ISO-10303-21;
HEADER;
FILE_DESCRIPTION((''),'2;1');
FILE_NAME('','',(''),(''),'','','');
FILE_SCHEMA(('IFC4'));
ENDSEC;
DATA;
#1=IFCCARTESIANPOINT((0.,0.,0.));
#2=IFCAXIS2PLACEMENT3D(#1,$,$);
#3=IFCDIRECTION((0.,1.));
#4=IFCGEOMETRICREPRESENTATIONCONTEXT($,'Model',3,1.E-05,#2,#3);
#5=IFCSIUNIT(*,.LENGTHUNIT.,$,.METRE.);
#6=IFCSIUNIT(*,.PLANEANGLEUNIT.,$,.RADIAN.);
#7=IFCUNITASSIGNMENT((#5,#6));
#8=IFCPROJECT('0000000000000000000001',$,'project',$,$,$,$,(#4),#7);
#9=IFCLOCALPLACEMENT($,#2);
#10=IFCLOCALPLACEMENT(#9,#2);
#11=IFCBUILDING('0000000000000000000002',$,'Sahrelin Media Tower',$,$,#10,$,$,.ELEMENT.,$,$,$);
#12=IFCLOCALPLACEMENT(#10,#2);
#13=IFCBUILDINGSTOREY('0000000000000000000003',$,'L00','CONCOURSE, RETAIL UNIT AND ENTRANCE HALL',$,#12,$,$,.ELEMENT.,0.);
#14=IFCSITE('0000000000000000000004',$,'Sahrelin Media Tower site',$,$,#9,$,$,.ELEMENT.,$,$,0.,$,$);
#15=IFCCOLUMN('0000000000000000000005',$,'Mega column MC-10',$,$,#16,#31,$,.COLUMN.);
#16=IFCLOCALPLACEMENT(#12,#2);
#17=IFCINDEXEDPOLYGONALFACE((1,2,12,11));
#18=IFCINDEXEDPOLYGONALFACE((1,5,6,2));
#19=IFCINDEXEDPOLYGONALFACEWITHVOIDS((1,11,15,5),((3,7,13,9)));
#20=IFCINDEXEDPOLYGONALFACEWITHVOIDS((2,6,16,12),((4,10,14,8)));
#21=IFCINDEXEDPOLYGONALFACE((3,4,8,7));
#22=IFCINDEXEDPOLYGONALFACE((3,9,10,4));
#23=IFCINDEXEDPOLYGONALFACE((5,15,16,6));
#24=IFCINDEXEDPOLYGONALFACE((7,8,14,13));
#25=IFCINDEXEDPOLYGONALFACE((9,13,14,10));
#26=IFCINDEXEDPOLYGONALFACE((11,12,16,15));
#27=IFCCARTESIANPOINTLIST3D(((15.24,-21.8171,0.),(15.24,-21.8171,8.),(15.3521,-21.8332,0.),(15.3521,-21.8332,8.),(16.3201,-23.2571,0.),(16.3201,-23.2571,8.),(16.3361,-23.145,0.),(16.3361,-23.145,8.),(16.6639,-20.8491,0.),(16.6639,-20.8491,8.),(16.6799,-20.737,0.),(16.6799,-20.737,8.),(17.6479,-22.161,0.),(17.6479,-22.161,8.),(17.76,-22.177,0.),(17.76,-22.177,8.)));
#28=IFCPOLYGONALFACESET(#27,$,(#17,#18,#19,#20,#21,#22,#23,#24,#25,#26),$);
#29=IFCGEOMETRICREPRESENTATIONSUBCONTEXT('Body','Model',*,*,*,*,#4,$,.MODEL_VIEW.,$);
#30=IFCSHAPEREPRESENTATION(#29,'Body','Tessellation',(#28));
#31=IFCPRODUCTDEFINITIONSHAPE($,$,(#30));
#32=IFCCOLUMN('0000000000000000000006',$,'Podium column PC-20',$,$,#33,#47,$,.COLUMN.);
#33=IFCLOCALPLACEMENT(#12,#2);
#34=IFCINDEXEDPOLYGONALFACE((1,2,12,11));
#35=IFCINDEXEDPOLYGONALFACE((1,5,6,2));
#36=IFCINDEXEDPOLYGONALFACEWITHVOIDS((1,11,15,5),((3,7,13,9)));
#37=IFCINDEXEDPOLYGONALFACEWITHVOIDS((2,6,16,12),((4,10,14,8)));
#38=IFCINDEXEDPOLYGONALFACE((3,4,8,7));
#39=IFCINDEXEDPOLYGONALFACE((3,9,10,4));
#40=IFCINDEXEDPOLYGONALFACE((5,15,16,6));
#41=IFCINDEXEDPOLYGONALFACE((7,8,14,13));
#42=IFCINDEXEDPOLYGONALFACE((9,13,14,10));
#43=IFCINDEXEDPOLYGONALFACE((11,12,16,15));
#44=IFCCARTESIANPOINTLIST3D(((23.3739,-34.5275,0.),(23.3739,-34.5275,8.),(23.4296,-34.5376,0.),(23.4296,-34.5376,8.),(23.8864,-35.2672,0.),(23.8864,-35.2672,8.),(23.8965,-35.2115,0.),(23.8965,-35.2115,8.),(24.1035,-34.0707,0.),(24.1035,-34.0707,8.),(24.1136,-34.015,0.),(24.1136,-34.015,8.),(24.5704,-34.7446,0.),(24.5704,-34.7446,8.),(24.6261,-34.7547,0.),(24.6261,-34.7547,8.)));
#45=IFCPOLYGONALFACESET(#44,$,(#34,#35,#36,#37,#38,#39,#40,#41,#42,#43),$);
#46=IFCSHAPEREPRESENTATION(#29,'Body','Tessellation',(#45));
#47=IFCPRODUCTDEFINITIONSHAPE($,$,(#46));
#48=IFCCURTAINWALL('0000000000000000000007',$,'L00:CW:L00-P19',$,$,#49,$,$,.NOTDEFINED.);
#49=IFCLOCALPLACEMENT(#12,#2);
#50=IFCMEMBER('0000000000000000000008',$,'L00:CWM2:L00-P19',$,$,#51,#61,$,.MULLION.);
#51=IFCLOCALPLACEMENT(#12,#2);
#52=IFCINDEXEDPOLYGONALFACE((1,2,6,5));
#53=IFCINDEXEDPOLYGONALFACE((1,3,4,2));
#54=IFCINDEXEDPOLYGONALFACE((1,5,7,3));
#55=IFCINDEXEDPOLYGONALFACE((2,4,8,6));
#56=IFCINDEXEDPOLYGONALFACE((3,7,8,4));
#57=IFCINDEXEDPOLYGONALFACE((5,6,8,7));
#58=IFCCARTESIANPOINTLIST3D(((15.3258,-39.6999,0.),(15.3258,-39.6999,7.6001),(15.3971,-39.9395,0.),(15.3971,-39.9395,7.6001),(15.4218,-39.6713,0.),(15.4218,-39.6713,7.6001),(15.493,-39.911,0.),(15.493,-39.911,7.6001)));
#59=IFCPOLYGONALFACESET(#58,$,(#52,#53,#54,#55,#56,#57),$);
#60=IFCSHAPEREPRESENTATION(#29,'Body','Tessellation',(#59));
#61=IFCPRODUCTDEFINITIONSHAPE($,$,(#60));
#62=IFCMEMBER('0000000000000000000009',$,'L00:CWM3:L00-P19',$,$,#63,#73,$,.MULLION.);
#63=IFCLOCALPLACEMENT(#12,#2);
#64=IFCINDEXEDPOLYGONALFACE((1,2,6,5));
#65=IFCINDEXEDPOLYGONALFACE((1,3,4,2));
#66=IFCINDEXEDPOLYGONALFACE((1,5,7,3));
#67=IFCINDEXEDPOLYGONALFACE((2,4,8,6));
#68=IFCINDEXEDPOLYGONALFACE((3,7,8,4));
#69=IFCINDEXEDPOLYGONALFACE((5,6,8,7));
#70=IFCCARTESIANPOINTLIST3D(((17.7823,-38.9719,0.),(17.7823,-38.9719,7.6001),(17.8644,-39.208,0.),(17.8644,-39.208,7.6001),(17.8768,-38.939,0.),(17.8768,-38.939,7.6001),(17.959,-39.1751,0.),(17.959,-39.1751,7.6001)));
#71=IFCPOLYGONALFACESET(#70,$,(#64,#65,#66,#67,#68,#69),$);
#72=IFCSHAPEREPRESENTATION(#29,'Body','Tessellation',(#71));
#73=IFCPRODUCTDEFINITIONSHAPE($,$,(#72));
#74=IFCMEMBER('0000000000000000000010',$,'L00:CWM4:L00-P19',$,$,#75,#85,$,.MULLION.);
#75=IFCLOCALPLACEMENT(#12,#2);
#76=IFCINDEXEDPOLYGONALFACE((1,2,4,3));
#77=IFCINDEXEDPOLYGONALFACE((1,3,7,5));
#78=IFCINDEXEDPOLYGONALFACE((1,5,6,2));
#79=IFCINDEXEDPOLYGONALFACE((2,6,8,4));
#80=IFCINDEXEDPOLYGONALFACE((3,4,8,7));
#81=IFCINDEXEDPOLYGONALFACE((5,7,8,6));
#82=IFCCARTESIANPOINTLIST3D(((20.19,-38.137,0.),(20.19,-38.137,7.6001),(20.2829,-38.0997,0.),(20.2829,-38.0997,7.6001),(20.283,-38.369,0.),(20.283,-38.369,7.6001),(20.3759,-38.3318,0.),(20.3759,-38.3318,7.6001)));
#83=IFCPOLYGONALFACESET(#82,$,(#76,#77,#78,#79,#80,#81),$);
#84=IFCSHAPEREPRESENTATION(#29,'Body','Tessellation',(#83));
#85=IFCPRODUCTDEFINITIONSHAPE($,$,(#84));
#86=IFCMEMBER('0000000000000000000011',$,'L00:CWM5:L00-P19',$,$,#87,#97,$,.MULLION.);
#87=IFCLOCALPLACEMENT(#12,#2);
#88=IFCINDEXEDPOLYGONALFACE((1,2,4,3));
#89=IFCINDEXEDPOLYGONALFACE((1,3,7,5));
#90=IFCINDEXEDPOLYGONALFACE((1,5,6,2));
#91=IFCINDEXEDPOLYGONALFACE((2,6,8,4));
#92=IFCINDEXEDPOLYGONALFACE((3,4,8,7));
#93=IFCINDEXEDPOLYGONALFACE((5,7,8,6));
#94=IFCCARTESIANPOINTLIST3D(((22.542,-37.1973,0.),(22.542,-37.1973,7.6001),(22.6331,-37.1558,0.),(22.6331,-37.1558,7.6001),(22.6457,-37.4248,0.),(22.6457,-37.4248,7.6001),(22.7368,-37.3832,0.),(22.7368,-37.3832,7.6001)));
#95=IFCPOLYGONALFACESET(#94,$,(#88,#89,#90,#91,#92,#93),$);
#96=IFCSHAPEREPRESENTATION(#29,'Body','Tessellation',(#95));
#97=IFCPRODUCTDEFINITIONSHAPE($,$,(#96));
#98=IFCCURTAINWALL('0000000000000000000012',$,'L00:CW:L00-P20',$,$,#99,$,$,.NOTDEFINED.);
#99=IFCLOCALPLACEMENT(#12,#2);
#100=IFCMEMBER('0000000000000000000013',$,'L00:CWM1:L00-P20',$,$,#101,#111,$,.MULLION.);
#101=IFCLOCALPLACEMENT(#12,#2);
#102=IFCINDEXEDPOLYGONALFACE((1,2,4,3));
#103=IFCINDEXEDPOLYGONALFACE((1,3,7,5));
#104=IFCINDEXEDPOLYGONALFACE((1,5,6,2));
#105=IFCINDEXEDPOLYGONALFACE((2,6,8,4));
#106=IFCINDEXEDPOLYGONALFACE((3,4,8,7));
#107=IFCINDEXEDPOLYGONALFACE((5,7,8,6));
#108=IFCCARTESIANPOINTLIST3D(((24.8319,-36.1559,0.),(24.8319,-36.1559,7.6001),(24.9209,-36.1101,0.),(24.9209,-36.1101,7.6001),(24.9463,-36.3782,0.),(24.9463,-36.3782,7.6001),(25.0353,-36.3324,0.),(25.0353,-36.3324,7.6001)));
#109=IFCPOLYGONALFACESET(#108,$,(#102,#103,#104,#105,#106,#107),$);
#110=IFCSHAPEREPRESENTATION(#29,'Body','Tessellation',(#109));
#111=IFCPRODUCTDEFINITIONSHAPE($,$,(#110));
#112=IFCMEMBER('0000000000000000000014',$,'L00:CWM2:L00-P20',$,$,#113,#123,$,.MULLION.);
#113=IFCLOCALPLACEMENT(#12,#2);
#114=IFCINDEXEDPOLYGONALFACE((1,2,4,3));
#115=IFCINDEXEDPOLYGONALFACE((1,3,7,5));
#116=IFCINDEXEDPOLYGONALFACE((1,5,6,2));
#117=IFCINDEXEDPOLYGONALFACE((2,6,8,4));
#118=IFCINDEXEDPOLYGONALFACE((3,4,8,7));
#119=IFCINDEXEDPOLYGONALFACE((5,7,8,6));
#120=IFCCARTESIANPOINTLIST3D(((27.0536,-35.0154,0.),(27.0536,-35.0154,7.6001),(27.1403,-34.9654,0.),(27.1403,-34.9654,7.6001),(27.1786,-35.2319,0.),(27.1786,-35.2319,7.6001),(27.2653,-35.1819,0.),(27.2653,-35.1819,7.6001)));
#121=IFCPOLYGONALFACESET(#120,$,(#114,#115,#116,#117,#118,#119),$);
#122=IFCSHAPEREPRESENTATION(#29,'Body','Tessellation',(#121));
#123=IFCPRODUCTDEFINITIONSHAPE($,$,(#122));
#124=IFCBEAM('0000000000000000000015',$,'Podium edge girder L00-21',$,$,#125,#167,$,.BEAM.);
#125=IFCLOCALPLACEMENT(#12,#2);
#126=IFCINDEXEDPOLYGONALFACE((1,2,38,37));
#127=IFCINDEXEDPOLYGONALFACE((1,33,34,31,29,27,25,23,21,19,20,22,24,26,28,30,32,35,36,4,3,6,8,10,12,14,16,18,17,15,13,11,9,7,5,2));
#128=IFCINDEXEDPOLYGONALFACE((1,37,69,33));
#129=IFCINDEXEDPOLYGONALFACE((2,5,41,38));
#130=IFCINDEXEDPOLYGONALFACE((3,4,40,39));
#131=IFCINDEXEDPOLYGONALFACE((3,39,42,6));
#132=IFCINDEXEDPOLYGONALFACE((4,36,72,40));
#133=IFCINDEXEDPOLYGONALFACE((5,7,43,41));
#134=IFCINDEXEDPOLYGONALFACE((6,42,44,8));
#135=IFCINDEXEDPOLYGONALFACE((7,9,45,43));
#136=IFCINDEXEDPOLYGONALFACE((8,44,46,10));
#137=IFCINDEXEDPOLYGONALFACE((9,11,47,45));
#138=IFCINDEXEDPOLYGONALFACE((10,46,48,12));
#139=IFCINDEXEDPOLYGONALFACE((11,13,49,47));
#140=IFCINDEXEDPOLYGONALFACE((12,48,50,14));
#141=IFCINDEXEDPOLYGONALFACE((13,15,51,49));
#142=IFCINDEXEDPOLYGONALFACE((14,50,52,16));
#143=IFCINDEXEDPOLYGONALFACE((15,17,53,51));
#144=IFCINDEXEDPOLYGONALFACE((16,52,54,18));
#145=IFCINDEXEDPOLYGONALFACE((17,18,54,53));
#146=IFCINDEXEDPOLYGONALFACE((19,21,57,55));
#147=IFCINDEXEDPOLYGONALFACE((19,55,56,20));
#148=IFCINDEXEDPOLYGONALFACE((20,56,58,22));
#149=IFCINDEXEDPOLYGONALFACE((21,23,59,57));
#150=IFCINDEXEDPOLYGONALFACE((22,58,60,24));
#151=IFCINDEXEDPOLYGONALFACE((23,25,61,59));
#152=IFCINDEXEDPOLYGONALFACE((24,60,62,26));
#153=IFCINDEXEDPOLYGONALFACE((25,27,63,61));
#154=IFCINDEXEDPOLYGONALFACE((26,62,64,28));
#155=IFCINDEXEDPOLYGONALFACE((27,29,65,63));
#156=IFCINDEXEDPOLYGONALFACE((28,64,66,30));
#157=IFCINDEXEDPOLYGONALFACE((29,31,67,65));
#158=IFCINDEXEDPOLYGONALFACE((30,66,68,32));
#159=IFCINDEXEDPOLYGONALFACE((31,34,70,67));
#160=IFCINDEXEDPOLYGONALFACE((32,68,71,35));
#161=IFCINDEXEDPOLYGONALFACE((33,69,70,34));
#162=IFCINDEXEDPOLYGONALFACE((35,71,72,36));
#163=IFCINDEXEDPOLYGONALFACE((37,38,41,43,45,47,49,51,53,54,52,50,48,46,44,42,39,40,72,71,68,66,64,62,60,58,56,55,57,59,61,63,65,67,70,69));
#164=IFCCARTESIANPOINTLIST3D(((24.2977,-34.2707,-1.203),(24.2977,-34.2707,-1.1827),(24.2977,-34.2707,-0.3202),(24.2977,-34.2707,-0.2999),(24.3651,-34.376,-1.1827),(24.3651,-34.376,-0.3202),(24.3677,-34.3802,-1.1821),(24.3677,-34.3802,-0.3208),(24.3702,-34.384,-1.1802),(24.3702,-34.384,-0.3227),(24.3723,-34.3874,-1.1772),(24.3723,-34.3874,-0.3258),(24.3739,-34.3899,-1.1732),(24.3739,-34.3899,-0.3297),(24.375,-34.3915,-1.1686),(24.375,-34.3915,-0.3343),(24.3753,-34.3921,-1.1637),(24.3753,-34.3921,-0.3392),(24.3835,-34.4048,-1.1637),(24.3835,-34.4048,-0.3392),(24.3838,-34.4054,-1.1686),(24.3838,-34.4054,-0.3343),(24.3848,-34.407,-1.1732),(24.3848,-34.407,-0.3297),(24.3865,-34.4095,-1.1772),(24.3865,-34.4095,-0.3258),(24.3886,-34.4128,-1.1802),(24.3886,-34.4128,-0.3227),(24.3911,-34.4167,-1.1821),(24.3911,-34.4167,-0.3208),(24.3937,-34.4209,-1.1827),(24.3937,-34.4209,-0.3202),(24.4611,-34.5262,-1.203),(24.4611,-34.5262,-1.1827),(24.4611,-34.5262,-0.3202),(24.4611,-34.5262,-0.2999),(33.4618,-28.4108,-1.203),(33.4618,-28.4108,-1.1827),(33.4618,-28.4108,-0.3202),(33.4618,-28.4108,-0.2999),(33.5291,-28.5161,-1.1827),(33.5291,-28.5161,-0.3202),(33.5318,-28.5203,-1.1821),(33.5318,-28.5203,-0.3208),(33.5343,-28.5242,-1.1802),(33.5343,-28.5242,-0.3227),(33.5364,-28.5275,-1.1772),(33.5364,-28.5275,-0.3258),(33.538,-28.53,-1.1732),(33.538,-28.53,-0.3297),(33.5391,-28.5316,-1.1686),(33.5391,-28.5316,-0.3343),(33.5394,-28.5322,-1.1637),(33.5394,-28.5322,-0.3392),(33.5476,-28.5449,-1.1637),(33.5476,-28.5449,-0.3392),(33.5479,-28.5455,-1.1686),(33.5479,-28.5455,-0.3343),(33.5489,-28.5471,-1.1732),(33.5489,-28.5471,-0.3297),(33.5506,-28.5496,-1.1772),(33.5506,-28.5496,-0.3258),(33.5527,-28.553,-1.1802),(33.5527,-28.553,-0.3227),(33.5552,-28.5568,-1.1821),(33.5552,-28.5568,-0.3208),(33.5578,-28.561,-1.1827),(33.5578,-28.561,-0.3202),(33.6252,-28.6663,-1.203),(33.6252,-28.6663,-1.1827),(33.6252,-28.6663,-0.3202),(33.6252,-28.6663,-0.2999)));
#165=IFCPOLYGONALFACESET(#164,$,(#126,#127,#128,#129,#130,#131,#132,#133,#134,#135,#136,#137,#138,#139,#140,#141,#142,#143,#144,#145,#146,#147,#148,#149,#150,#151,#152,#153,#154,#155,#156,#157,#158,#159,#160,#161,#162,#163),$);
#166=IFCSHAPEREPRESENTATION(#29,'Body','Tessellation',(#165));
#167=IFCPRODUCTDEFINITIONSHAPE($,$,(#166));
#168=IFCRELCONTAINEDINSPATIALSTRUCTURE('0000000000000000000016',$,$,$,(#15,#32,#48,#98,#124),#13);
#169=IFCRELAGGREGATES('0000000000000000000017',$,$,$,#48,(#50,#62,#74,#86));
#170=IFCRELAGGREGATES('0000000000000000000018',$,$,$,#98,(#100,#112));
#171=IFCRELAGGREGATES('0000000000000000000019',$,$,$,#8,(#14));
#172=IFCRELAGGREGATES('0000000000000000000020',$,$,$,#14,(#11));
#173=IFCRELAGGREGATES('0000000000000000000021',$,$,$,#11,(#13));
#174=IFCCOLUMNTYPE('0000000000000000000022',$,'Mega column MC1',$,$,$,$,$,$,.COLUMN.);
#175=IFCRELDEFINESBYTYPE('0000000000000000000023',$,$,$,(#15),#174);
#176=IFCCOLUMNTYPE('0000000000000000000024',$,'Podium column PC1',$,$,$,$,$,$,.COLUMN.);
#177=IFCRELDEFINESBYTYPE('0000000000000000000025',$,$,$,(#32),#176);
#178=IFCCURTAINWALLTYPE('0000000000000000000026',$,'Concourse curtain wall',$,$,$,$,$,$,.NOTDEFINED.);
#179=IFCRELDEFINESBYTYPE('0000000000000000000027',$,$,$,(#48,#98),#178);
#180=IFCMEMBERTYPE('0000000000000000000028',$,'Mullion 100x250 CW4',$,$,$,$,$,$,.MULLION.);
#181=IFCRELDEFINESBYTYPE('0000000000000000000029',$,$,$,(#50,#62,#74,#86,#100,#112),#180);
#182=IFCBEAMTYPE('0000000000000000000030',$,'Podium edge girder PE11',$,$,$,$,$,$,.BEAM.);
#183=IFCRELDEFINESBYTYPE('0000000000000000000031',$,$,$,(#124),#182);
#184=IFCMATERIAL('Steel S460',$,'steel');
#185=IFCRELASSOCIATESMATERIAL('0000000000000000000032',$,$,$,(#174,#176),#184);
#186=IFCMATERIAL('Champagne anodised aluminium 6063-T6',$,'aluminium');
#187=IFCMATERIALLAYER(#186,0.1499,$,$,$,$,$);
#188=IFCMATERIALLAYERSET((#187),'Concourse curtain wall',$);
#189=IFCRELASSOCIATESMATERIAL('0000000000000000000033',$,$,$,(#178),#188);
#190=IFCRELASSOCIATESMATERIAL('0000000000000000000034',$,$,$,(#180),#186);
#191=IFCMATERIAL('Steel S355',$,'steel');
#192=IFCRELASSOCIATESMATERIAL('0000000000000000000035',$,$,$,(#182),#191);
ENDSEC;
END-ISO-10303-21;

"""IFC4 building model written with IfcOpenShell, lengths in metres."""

from ifc_helpers import new_model, si_unit, direction, frame, origin, origin_2d, place, context, subcontext, project, spatial, rectangle, hollow_rectangle, i_section, extrude, material, layer, layer_set, material_profile, profile_set, type_object, element, aggregate, save


model = new_model("IFC4")

# Units and contexts
model_context = context("Model", 3, precision=1e-05, world=origin(), true_north=direction((0.0, 1.0)))
body_context = subcontext(model_context, "Body", "Model", "MODEL_VIEW")
ifc_project = project(units=[si_unit("LENGTHUNIT", "METRE"), si_unit("PLANEANGLEUNIT", "RADIAN")], contexts=[model_context])

# Site, building, storey
site_placement = place(None, origin())
site = spatial("IfcSite", under=ifc_project, at=site_placement, Name="Sahrelin Media Tower site", CompositionType="ELEMENT", RefElevation=0.0)
building_placement = place(site_placement, origin())
building = spatial("IfcBuilding", under=site, at=building_placement, Name="Sahrelin Media Tower", CompositionType="ELEMENT")
storey_placement = place(building_placement, origin())
storey = spatial("IfcBuildingStorey", under=building, at=storey_placement, Name="L00", Description="CONCOURSE, RETAIL UNIT AND ENTRANCE HALL", CompositionType="ELEMENT", Elevation=0.0)

# Columns
ifc_material_1 = material(Name="Steel S460", Category="steel")
ifc_material_profile_1 = material_profile(ifc_material_1, hollow_rectangle(XDim=1.8, YDim=1.8, WallThickness=0.0801, at=origin_2d()), Name="Mega column MC1")
ifc_profile_set_1 = profile_set([ifc_material_profile_1], Name="Steel S460")
column_type_1 = type_object("IfcColumnType", Name="Mega column MC1", PredefinedType="COLUMN", material=ifc_profile_set_1)
column_1_placement = place(storey_placement, frame((16.5, -21.9971, 0.0), z_axis=(0.0, 0.0, 1.0), x_axis=(0.600052, -0.799961, 0.0)))
element("IfcColumn", 1, at=column_1_placement, inside=storey, type_object=column_type_1, Name="Mega column MC-10", PredefinedType="COLUMN", context=body_context, shape_type="SweptSolid", body=[
    extrude(hollow_rectangle(XDim=1.8, YDim=1.8, WallThickness=0.0801, at=origin_2d()), origin(), (0.0, 0.0, 1.0), 8.0),
])
ifc_material_profile_2 = material_profile(ifc_material_1, hollow_rectangle(XDim=0.8999, YDim=0.8999, WallThickness=0.04, at=origin_2d()), Name="Podium column PC1")
ifc_profile_set_2 = profile_set([ifc_material_profile_2], Name="Steel S460")
column_type_2 = type_object("IfcColumnType", Name="Podium column PC1", PredefinedType="COLUMN", material=ifc_profile_set_2)
column_2_placement = place(storey_placement, frame((24.0, -34.6411, 0.0), z_axis=(0.0, 0.0, 1.0), x_axis=(0.569495, -0.821995, 0.0)))
element("IfcColumn", 2, at=column_2_placement, inside=storey, type_object=column_type_2, Name="Podium column PC-20", PredefinedType="COLUMN", context=body_context, shape_type="SweptSolid", body=[
    extrude(hollow_rectangle(XDim=0.8999, YDim=0.8999, WallThickness=0.04, at=origin_2d()), origin(), (0.0, 0.0, 1.0), 8.0),
])

# Curtain walls, members
ifc_material_2 = material(Name="Champagne anodised aluminium 6063-T6", Category="aluminium")
ifc_layer_1 = layer(ifc_material_2, 0.1499)
ifc_layer_set_1 = layer_set([ifc_layer_1], Name="Concourse curtain wall")
curtain_wall_type = type_object("IfcCurtainWallType", Name="Concourse curtain wall", PredefinedType="NOTDEFINED", material=ifc_layer_set_1)
curtain_wall_1_placement = place(storey_placement, frame((12.9409, -40.5688, 0.0), z_axis=(0.0, 0.0, 1.0), x_axis=(1.0, 0.0, 0.0)))
curtain_wall_1 = element("IfcCurtainWall", 3, at=curtain_wall_1_placement, inside=storey, type_object=curtain_wall_type, Name="L00:CW:L00-P19", PredefinedType="NOTDEFINED")
ifc_material_profile_3 = material_profile(ifc_material_2, rectangle(XDim=0.1001, YDim=0.25, at=origin_2d()), Name="Mullion 100x250")
ifc_profile_set_3 = profile_set([ifc_material_profile_3], Name="Champagne anodised aluminium 6063-T6")
member_type_1 = type_object("IfcMemberType", Name="Mullion 100x250 CW4", PredefinedType="MULLION", material=ifc_profile_set_3)
member_1_placement = place(storey_placement, frame((15.4094, -39.8054, 0.0), z_axis=(0.0, 0.0, 1.0), x_axis=(0.958495, 0.28511, 0.0)))
member_1 = element("IfcMember", 4, at=member_1_placement, type_object=member_type_1, Name="L00:CWM2:L00-P19", PredefinedType="MULLION", context=body_context, shape_type="SweptSolid", body=[
    extrude(rectangle(XDim=0.1001, YDim=0.25, at=origin_2d()), origin(), (0.0, 0.0, 1.0), 7.6001),
])
member_2_placement = place(storey_placement, frame((17.8706, -39.0735, 0.0), z_axis=(0.0, 0.0, 1.0), x_axis=(0.944458, 0.328631, 0.0)))
member_2 = element("IfcMember", 5, at=member_2_placement, type_object=member_type_1, Name="L00:CWM3:L00-P19", PredefinedType="MULLION", context=body_context, shape_type="SweptSolid", body=[
    extrude(rectangle(XDim=0.1001, YDim=0.25, at=origin_2d()), origin(), (0.0, 0.0, 1.0), 7.6001),
])
member_3_placement = place(storey_placement, frame((20.283, -38.2344, 0.0), z_axis=(0.0, 0.0, 1.0), x_axis=(0.92827, 0.371906, 0.0)))
member_3 = element("IfcMember", 6, at=member_3_placement, type_object=member_type_1, Name="L00:CWM4:L00-P19", PredefinedType="MULLION", context=body_context, shape_type="SweptSolid", body=[
    extrude(rectangle(XDim=0.1001, YDim=0.25, at=origin_2d()), origin(), (0.0, 0.0, 1.0), 7.6001),
])
member_4_placement = place(storey_placement, frame((22.6394, -37.2903, 0.0), z_axis=(0.0, 0.0, 1.0), x_axis=(0.909842, 0.414955, 0.0)))
member_4 = element("IfcMember", 7, at=member_4_placement, type_object=member_type_1, Name="L00:CWM5:L00-P19", PredefinedType="MULLION", context=body_context, shape_type="SweptSolid", body=[
    extrude(rectangle(XDim=0.1001, YDim=0.25, at=origin_2d()), origin(), (0.0, 0.0, 1.0), 7.6001),
])
curtain_wall_2_placement = place(storey_placement, frame((25.0, -36.373, 0.0), z_axis=(0.0, 0.0, 1.0), x_axis=(1.0, 0.0, 0.0)))
curtain_wall_2 = element("IfcCurtainWall", 8, at=curtain_wall_2_placement, inside=storey, type_object=curtain_wall_type, Name="L00:CW:L00-P20", PredefinedType="NOTDEFINED")
member_5_placement = place(storey_placement, frame((24.9336, -36.2441, 0.0), z_axis=(0.0, 0.0, 1.0), x_axis=(0.889123, 0.457668, 0.0)))
member_5 = element("IfcMember", 9, at=member_5_placement, type_object=member_type_1, Name="L00:CWM1:L00-P20", PredefinedType="MULLION", context=body_context, shape_type="SweptSolid", body=[
    extrude(rectangle(XDim=0.1001, YDim=0.25, at=origin_2d()), origin(), (0.0, 0.0, 1.0), 7.6001),
])
member_6_placement = place(storey_placement, frame((27.1594, -35.0986, 0.0), z_axis=(0.0, 0.0, 1.0), x_axis=(0.866029, 0.499994, 0.0)))
member_6 = element("IfcMember", 10, at=member_6_placement, type_object=member_type_1, Name="L00:CWM2:L00-P20", PredefinedType="MULLION", context=body_context, shape_type="SweptSolid", body=[
    extrude(rectangle(XDim=0.1001, YDim=0.25, at=origin_2d()), origin(), (0.0, 0.0, 1.0), 7.6001),
])

# Beam
ifc_material_3 = material(Name="Steel S355", Category="steel")
ifc_material_profile_4 = material_profile(ifc_material_3, i_section(OverallWidth=0.3032, OverallDepth=0.9031, WebThickness=0.0151, FlangeThickness=0.0203, FilletRadius=0.019, at=origin_2d()), Name="UB 914x305x201")
ifc_profile_set_4 = profile_set([ifc_material_profile_4], Name="Steel S355")
beam_type_1 = type_object("IfcBeamType", Name="Podium edge girder PE11", PredefinedType="BEAM", material=ifc_profile_set_4)
beam_1_placement = place(storey_placement, frame((24.3794, -34.3984, -0.7515), z_axis=(0.842486, 0.538719, 0.0), x_axis=(-0.538719, 0.842486, 0.0)))
element("IfcBeam", 11, at=beam_1_placement, inside=storey, type_object=beam_type_1, Name="Podium edge girder L00-21", PredefinedType="BEAM", context=body_context, shape_type="SweptSolid", body=[
    extrude(i_section(OverallWidth=0.3032, OverallDepth=0.9031, WebThickness=0.0151, FlangeThickness=0.0203, FilletRadius=0.019, at=origin_2d()), origin(), (0.0, 0.0, 1.0), 10.8774),
])

aggregate(curtain_wall_1, [member_1, member_2, member_3, member_4])
aggregate(curtain_wall_2, [member_5, member_6])

save(model, "model.ifc")
